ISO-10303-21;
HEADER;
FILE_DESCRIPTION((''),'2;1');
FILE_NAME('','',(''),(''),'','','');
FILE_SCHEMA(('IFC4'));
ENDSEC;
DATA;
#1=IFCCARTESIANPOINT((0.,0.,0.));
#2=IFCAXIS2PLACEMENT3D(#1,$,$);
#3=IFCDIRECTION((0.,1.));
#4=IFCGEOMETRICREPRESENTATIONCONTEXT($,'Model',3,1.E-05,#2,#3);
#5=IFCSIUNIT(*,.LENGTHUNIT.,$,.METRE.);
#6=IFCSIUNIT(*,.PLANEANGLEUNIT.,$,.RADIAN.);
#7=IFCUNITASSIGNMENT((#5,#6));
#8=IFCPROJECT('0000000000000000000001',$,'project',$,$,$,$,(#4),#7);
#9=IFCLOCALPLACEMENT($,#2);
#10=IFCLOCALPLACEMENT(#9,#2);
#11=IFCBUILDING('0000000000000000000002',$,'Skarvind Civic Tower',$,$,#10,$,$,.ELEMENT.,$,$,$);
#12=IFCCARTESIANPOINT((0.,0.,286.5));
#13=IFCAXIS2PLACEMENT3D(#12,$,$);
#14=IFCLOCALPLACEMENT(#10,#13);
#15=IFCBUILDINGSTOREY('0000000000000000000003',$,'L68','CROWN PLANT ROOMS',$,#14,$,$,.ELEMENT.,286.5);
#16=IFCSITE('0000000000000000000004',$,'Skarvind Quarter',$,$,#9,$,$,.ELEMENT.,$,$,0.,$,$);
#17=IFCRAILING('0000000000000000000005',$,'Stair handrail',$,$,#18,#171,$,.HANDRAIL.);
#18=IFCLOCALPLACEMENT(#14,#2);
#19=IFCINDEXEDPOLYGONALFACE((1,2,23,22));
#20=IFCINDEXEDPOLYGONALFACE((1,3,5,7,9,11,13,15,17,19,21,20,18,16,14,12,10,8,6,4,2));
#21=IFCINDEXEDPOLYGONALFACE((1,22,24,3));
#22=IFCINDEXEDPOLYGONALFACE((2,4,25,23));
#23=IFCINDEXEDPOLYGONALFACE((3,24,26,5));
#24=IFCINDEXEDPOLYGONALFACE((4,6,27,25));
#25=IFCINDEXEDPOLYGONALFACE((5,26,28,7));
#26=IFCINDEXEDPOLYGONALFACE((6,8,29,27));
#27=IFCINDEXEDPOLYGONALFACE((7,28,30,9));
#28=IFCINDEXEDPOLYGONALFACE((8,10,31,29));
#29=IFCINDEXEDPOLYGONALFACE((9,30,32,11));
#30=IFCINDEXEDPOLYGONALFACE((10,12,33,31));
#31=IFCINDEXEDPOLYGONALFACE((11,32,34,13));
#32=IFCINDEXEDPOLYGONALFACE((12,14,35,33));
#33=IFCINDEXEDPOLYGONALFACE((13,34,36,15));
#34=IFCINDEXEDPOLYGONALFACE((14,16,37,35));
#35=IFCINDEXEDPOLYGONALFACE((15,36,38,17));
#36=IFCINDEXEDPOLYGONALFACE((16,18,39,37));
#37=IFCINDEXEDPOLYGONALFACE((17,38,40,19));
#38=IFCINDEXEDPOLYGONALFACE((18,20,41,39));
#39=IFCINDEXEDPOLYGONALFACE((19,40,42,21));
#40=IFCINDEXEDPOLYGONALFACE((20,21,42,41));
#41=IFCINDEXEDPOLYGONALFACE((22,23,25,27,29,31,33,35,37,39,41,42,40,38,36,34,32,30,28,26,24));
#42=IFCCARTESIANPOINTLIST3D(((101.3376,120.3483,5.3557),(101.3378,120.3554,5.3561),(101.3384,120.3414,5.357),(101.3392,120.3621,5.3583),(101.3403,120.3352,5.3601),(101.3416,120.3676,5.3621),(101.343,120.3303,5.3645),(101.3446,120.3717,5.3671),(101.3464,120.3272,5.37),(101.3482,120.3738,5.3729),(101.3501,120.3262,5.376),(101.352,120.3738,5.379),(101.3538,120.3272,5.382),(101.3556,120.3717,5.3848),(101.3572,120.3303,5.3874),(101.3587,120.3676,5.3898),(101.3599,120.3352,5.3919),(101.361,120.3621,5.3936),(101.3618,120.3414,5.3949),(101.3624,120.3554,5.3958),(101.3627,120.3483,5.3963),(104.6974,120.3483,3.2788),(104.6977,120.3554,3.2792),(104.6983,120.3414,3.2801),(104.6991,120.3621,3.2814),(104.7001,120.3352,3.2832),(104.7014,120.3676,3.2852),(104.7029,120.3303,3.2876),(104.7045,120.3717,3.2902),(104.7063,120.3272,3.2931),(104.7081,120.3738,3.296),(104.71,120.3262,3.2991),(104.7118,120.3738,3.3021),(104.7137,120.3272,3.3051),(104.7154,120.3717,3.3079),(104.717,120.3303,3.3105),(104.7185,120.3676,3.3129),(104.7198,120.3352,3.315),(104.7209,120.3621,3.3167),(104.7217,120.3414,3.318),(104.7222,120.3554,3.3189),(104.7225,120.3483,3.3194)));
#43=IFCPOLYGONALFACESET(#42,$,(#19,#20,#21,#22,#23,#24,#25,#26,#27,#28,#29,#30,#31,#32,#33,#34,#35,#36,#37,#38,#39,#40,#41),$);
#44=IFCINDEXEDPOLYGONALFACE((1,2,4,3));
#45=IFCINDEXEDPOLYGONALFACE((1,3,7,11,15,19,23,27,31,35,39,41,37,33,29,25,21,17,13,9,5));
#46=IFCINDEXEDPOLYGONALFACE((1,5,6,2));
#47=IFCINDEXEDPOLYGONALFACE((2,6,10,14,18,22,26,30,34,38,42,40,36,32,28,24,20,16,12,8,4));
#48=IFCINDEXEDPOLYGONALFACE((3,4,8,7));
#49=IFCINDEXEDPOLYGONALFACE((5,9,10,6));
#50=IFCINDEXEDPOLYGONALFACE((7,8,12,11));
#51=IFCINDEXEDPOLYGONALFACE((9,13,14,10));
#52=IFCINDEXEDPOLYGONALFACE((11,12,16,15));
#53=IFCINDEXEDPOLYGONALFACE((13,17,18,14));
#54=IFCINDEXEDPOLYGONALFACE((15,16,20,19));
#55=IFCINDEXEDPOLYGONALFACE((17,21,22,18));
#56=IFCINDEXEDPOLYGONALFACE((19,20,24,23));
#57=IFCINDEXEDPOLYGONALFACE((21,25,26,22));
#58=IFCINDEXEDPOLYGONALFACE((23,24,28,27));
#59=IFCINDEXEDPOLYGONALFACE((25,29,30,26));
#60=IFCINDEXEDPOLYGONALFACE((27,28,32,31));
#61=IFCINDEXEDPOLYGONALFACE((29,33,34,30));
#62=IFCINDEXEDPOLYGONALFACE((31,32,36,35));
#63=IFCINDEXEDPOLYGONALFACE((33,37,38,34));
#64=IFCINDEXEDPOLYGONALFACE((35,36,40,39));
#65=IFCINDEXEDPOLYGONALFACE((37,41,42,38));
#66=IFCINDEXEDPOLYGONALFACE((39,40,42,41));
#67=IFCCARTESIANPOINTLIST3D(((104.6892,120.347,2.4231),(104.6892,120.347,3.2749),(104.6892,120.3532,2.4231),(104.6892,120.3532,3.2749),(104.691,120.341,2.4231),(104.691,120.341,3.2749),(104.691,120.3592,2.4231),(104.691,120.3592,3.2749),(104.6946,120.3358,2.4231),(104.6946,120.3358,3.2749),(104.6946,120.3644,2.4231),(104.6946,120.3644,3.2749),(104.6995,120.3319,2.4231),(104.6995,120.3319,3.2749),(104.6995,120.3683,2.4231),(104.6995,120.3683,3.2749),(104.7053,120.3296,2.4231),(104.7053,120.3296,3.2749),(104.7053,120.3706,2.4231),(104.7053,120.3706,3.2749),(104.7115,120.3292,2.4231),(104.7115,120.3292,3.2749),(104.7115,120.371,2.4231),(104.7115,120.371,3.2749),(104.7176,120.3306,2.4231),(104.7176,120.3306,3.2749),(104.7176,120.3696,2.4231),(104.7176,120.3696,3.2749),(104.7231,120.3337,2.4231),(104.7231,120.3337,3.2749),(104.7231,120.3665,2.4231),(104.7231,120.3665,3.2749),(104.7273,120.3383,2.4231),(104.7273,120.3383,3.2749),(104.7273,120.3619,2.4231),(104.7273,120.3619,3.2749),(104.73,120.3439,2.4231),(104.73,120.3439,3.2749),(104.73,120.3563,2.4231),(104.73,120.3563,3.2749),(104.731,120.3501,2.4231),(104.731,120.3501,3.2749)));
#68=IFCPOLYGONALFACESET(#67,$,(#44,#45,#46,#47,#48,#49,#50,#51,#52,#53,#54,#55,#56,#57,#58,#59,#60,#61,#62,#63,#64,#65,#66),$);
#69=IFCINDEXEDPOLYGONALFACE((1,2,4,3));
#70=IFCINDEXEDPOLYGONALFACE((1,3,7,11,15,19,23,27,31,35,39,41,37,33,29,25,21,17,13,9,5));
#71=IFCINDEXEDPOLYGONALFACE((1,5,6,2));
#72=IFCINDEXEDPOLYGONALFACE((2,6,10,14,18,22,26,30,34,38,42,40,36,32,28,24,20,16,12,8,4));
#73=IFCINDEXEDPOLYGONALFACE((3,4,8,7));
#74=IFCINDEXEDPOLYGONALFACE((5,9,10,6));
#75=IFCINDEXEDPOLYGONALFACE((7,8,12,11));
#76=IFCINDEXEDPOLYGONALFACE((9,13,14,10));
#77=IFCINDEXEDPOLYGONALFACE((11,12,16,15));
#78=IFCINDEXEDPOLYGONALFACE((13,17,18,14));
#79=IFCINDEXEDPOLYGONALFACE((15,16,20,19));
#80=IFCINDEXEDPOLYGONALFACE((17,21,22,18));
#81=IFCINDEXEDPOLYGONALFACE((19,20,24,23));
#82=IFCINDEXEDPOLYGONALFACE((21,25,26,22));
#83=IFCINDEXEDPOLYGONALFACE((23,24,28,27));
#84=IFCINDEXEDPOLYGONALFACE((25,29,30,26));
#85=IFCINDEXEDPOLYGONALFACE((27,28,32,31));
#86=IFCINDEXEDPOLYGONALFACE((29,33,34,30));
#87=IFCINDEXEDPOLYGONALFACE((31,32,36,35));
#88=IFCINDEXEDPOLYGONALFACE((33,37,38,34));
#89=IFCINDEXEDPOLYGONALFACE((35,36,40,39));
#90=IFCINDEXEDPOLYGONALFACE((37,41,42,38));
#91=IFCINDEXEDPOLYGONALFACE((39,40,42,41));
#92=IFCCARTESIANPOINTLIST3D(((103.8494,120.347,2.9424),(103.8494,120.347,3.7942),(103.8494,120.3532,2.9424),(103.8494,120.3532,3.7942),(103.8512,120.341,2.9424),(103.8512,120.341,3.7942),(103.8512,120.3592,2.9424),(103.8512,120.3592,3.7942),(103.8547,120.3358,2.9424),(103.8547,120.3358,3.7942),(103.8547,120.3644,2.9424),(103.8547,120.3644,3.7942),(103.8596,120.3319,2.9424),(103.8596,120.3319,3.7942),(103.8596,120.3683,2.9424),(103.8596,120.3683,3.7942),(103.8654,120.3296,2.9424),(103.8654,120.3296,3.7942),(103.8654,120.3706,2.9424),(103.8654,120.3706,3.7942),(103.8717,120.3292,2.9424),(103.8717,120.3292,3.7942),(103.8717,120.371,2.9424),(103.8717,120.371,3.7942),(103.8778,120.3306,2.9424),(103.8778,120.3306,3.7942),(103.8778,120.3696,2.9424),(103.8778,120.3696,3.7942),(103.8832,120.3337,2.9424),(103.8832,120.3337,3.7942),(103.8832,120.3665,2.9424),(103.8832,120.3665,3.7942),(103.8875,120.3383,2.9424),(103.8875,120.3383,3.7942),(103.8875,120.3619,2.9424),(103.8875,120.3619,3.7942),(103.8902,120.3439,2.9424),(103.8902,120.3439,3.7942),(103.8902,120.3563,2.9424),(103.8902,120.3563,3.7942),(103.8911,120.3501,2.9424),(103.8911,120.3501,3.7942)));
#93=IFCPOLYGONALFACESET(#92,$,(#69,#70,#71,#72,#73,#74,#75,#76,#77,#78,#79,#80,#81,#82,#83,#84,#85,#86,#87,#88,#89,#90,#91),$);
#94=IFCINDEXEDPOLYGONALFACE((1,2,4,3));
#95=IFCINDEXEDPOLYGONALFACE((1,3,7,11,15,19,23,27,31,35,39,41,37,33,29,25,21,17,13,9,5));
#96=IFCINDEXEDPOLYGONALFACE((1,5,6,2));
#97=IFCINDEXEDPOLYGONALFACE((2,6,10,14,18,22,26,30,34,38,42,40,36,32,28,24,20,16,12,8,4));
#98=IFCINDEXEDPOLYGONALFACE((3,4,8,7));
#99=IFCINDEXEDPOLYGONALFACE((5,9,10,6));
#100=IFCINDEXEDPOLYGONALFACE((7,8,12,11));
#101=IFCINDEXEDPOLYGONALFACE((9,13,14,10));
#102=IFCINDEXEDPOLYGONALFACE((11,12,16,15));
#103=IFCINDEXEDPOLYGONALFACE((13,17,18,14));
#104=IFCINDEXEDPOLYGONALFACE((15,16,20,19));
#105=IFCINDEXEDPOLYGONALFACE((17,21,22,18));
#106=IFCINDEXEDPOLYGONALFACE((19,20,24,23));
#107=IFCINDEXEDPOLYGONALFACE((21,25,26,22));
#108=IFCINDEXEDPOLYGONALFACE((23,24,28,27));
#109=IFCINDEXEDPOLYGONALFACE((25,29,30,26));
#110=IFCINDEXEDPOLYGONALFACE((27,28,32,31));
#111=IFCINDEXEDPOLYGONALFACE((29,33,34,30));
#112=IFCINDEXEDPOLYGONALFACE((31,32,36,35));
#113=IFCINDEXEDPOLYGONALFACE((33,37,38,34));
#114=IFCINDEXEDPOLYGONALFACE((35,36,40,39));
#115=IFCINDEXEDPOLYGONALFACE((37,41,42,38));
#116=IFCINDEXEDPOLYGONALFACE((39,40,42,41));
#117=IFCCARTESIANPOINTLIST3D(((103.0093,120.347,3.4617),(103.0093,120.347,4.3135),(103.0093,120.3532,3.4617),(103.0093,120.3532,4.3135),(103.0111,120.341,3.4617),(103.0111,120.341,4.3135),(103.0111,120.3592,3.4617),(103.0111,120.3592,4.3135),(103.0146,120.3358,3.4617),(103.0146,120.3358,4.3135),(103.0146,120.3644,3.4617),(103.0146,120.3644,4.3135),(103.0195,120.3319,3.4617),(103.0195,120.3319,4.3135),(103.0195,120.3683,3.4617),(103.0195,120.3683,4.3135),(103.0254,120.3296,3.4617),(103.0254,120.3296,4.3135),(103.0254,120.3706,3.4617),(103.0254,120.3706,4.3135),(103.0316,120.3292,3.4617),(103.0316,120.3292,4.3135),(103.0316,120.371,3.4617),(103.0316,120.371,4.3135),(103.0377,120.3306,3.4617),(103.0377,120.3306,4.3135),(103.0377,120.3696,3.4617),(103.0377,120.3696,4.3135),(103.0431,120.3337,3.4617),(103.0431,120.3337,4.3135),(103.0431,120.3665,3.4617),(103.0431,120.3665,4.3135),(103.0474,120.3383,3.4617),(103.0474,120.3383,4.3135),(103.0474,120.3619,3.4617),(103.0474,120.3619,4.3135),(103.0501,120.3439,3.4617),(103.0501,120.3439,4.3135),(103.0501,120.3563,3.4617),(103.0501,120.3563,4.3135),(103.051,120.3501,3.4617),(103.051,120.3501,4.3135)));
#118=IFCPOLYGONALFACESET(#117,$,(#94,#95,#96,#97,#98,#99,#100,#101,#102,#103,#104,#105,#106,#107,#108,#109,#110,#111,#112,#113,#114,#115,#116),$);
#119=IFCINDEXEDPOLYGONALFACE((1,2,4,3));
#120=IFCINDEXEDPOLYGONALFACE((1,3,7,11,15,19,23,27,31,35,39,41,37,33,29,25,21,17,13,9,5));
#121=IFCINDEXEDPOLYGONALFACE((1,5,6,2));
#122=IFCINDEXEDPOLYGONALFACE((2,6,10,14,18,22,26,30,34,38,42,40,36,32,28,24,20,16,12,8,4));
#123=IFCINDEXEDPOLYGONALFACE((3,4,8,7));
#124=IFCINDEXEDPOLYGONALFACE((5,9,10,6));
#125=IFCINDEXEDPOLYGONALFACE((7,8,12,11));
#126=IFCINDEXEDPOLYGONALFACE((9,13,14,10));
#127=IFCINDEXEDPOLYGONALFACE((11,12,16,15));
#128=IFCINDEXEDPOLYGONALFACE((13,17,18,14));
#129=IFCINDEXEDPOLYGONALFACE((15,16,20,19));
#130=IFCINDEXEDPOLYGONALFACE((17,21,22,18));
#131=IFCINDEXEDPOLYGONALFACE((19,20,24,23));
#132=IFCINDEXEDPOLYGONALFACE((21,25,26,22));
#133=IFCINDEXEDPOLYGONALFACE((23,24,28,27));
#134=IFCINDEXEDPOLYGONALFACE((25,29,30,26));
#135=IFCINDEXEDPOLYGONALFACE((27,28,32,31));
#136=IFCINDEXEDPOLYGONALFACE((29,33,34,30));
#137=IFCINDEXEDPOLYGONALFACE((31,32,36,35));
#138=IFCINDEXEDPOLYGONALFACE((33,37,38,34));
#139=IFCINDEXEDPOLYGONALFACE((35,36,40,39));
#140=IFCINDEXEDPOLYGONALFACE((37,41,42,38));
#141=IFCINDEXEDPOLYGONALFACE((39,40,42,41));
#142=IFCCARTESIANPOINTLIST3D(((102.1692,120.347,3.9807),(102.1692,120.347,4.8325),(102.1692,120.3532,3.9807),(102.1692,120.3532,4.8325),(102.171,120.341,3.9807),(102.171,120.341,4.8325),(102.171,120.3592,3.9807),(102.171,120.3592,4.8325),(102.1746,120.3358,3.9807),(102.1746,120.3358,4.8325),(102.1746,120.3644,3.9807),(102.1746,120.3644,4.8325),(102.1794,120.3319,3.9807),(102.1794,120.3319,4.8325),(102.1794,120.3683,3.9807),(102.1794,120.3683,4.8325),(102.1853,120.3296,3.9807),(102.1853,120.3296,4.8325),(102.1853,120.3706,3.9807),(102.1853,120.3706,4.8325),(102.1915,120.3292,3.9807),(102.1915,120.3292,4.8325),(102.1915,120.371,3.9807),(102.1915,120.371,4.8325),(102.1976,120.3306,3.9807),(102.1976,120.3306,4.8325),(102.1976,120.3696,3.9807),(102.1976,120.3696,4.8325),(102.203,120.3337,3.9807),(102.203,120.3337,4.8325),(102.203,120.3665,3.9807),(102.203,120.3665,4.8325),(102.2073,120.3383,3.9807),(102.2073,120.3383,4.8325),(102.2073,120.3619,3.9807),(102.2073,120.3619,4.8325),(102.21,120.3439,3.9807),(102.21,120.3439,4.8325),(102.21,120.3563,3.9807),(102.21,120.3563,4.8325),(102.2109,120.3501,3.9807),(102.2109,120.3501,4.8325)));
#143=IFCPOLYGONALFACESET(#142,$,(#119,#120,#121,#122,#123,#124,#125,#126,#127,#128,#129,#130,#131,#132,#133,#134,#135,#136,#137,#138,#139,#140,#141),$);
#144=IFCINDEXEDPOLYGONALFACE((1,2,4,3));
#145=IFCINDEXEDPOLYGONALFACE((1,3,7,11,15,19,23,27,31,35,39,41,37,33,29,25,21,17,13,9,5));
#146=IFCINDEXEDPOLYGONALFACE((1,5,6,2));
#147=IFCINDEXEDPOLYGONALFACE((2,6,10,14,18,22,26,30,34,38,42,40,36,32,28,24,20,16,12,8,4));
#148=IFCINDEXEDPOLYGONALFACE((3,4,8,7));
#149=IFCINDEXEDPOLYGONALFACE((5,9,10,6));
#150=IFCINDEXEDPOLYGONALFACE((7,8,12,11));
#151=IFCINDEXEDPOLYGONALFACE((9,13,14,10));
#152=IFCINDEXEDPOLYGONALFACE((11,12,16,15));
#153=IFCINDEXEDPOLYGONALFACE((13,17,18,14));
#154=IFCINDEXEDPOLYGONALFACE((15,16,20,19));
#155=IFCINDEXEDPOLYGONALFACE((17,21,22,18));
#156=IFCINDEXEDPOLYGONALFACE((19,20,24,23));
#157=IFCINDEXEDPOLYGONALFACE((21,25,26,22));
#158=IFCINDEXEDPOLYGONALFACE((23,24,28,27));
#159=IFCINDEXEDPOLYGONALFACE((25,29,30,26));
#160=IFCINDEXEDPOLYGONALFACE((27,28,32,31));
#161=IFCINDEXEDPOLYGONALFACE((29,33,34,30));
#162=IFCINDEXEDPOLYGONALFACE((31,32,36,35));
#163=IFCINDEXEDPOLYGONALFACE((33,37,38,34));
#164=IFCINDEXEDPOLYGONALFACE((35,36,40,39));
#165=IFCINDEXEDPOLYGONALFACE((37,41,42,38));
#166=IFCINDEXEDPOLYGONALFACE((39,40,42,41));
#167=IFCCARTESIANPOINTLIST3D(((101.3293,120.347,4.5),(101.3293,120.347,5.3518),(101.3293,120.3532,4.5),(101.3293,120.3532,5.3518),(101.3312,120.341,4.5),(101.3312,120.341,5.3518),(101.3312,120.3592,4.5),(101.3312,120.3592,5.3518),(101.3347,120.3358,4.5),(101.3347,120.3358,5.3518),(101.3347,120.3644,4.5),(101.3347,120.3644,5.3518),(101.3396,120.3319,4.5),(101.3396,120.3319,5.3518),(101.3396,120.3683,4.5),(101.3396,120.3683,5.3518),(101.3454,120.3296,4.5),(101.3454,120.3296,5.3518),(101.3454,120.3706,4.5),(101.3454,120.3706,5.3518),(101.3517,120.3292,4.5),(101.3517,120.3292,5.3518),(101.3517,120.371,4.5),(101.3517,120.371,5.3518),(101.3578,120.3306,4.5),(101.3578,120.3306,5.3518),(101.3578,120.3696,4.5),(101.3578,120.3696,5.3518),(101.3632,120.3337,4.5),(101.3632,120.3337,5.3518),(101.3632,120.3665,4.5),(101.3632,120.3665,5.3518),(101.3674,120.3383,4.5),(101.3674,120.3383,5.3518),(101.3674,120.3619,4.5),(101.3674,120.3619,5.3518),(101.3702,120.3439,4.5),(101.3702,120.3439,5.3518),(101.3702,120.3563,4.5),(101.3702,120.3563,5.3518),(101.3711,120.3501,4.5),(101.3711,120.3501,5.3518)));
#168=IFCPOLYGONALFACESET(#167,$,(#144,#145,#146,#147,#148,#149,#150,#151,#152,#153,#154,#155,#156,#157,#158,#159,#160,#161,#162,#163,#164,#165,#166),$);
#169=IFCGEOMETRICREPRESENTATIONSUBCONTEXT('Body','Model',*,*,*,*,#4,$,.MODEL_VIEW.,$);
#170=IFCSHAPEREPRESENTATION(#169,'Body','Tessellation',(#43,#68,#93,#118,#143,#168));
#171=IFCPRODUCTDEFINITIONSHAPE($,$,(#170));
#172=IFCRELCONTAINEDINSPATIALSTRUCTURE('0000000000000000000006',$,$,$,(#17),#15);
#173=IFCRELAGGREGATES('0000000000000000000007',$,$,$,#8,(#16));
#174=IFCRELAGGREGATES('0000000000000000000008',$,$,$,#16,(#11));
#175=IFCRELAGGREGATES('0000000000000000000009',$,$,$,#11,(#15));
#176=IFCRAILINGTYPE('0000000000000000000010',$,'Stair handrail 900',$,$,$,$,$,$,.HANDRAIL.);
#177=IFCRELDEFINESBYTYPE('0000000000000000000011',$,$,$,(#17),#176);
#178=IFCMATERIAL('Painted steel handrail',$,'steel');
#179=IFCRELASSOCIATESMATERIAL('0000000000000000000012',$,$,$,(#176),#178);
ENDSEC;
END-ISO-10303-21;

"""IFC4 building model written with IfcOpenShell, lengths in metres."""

from ifc_helpers import new_model, si_unit, direction, frame, origin, origin_2d, place, context, subcontext, project, spatial, circle, extrude, material, type_object, element, save


model = new_model("IFC4")

# Units and contexts
model_context = context("Model", 3, precision=1e-05, world=origin(), true_north=direction((0.0, 1.0)))
body_context = subcontext(model_context, "Body", "Model", "MODEL_VIEW")
ifc_project = project(units=[si_unit("LENGTHUNIT", "METRE"), si_unit("PLANEANGLEUNIT", "RADIAN")], contexts=[model_context])

# Site, building, storey
site_placement = place(None, origin())
site = spatial("IfcSite", under=ifc_project, at=site_placement, Name="Skarvind Quarter", CompositionType="ELEMENT", RefElevation=0.0)
building_placement = place(site_placement, origin())
building = spatial("IfcBuilding", under=site, at=building_placement, Name="Skarvind Civic Tower", CompositionType="ELEMENT")
storey_placement = place(building_placement, frame((0.0, 0.0, 286.5)))
storey = spatial("IfcBuildingStorey", under=building, at=storey_placement, Name="L68", Description="CROWN PLANT ROOMS", CompositionType="ELEMENT", Elevation=286.5)

# Railing
ifc_material_1 = material(Name="Painted steel handrail", Category="steel")
railing_type = type_object("IfcRailingType", Name="Stair handrail 900", PredefinedType="HANDRAIL", material=ifc_material_1)
railing_1_placement = place(storey_placement, frame((104.71, 120.3501, 2.4231)))
element("IfcRailing", 1, at=railing_1_placement, inside=storey, type_object=railing_type, Name="Stair handrail", PredefinedType="HANDRAIL", context=body_context, shape_type="SweptSolid", body=[
    extrude(circle(Radius=0.0239, at=origin_2d()), frame((0.0, 0.0, 0.876), z_axis=(-0.850606, 0.0, 0.525803), x_axis=(0.0, -1.0, 0.0)), (0.0, 0.0, 1.0), 3.95),
    extrude(circle(Radius=0.021, at=origin_2d()), origin(), (0.0, 0.0, 1.0), 0.8518),
    extrude(circle(Radius=0.021, at=origin_2d()), frame((-0.8398, 0.0, 0.5193)), (0.0, 0.0, 1.0), 0.8518),
    extrude(circle(Radius=0.021, at=origin_2d()), frame((-1.6799, 0.0, 1.0386)), (0.0, 0.0, 1.0), 0.8518),
    extrude(circle(Radius=0.021, at=origin_2d()), frame((-2.52, 0.0, 1.5576)), (0.0, 0.0, 1.0), 0.8518),
    extrude(circle(Radius=0.021, at=origin_2d()), frame((-3.3599, 0.0, 2.0769)), (0.0, 0.0, 1.0), 0.8518),
])

save(model, "model.ifc")
